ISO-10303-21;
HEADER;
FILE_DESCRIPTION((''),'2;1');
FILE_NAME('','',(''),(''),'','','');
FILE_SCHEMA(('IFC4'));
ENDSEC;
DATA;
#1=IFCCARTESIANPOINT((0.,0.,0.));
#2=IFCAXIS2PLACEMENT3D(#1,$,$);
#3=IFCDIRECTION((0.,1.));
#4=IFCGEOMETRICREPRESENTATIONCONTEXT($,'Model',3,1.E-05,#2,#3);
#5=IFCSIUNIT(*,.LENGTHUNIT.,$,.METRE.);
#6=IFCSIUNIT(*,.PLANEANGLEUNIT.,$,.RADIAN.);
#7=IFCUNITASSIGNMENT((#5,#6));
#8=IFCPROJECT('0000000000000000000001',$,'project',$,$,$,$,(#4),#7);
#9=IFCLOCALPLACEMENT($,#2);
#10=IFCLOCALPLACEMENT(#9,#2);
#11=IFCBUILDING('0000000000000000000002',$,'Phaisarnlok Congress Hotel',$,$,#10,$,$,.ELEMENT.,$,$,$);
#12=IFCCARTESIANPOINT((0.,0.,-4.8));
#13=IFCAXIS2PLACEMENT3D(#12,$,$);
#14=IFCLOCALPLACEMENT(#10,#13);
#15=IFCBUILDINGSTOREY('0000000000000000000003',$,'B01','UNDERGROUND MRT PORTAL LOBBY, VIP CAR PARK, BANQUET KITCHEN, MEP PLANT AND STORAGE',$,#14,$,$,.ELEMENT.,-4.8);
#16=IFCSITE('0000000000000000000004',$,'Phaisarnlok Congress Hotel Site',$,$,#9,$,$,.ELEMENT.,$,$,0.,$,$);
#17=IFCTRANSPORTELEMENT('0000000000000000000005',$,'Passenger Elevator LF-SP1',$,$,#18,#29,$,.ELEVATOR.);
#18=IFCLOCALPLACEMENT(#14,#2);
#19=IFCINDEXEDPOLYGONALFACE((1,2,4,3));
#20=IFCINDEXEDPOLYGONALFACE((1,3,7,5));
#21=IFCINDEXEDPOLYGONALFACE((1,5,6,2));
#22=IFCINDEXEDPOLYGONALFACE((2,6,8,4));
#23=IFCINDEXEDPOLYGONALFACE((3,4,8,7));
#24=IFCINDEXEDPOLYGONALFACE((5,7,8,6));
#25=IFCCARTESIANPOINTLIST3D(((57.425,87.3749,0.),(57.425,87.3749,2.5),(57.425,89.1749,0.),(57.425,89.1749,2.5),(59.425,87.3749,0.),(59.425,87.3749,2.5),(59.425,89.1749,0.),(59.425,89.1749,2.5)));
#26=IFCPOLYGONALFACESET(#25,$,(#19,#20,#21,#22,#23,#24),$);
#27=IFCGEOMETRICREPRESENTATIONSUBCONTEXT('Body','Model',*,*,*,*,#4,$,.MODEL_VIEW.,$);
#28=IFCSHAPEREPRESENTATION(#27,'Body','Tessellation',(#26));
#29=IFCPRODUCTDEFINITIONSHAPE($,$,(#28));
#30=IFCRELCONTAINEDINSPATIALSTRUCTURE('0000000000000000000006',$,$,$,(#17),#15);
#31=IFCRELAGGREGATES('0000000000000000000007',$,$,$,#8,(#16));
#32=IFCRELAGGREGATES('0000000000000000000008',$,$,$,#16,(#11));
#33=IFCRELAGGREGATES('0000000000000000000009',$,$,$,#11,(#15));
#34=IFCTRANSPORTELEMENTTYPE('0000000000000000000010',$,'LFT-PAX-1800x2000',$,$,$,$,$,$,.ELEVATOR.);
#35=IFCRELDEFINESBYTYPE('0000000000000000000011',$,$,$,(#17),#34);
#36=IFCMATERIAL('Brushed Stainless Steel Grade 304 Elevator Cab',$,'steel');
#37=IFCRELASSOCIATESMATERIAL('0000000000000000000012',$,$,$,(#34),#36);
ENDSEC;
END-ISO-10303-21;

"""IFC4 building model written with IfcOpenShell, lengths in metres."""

from ifc_helpers import new_model, si_unit, direction, frame, origin, origin_2d, place, context, subcontext, project, spatial, rectangle, extrude, material, type_object, element, save


model = new_model("IFC4")

# Units and contexts
model_context = context("Model", 3, precision=1e-05, world=origin(), true_north=direction((0.0, 1.0)))
body_context = subcontext(model_context, "Body", "Model", "MODEL_VIEW")
ifc_project = project(units=[si_unit("LENGTHUNIT", "METRE"), si_unit("PLANEANGLEUNIT", "RADIAN")], contexts=[model_context])

# Site, building, storey
site_placement = place(None, origin())
site = spatial("IfcSite", under=ifc_project, at=site_placement, Name="Phaisarnlok Congress Hotel Site", CompositionType="ELEMENT", RefElevation=0.0)
building_placement = place(site_placement, origin())
building = spatial("IfcBuilding", under=site, at=building_placement, Name="Phaisarnlok Congress Hotel", CompositionType="ELEMENT")
storey_placement = place(building_placement, frame((0.0, 0.0, -4.8)))
storey = spatial("IfcBuildingStorey", under=building, at=storey_placement, Name="B01", Description="UNDERGROUND MRT PORTAL LOBBY, VIP CAR PARK, BANQUET KITCHEN, MEP PLANT AND STORAGE", CompositionType="ELEMENT", Elevation=-4.8)

# Transport element
ifc_material_1 = material(Name="Brushed Stainless Steel Grade 304 Elevator Cab", Category="steel")
transport_element_type = type_object("IfcTransportElementType", Name="LFT-PAX-1800x2000", PredefinedType="ELEVATOR", material=ifc_material_1)
for number, where, z_axis, x_axis, name in (
    (1, (58.425, 88.2749, 0.0), (0.0, 0.0, 1.0), (1.0, 0.0, 0.0), "Passenger Elevator LF-SP1"),
):
    element("IfcTransportElement", number, at=place(storey_placement, frame(where, z_axis=z_axis, x_axis=x_axis)), inside=storey, type_object=transport_element_type, Name=name, PredefinedType="ELEVATOR", context=body_context, shape_type="SweptSolid", body=[
        extrude(rectangle(XDim=2.0, YDim=1.8, at=origin_2d()), origin(), (0.0, 0.0, 1.0), 2.5),
    ])

save(model, "model.ifc")
